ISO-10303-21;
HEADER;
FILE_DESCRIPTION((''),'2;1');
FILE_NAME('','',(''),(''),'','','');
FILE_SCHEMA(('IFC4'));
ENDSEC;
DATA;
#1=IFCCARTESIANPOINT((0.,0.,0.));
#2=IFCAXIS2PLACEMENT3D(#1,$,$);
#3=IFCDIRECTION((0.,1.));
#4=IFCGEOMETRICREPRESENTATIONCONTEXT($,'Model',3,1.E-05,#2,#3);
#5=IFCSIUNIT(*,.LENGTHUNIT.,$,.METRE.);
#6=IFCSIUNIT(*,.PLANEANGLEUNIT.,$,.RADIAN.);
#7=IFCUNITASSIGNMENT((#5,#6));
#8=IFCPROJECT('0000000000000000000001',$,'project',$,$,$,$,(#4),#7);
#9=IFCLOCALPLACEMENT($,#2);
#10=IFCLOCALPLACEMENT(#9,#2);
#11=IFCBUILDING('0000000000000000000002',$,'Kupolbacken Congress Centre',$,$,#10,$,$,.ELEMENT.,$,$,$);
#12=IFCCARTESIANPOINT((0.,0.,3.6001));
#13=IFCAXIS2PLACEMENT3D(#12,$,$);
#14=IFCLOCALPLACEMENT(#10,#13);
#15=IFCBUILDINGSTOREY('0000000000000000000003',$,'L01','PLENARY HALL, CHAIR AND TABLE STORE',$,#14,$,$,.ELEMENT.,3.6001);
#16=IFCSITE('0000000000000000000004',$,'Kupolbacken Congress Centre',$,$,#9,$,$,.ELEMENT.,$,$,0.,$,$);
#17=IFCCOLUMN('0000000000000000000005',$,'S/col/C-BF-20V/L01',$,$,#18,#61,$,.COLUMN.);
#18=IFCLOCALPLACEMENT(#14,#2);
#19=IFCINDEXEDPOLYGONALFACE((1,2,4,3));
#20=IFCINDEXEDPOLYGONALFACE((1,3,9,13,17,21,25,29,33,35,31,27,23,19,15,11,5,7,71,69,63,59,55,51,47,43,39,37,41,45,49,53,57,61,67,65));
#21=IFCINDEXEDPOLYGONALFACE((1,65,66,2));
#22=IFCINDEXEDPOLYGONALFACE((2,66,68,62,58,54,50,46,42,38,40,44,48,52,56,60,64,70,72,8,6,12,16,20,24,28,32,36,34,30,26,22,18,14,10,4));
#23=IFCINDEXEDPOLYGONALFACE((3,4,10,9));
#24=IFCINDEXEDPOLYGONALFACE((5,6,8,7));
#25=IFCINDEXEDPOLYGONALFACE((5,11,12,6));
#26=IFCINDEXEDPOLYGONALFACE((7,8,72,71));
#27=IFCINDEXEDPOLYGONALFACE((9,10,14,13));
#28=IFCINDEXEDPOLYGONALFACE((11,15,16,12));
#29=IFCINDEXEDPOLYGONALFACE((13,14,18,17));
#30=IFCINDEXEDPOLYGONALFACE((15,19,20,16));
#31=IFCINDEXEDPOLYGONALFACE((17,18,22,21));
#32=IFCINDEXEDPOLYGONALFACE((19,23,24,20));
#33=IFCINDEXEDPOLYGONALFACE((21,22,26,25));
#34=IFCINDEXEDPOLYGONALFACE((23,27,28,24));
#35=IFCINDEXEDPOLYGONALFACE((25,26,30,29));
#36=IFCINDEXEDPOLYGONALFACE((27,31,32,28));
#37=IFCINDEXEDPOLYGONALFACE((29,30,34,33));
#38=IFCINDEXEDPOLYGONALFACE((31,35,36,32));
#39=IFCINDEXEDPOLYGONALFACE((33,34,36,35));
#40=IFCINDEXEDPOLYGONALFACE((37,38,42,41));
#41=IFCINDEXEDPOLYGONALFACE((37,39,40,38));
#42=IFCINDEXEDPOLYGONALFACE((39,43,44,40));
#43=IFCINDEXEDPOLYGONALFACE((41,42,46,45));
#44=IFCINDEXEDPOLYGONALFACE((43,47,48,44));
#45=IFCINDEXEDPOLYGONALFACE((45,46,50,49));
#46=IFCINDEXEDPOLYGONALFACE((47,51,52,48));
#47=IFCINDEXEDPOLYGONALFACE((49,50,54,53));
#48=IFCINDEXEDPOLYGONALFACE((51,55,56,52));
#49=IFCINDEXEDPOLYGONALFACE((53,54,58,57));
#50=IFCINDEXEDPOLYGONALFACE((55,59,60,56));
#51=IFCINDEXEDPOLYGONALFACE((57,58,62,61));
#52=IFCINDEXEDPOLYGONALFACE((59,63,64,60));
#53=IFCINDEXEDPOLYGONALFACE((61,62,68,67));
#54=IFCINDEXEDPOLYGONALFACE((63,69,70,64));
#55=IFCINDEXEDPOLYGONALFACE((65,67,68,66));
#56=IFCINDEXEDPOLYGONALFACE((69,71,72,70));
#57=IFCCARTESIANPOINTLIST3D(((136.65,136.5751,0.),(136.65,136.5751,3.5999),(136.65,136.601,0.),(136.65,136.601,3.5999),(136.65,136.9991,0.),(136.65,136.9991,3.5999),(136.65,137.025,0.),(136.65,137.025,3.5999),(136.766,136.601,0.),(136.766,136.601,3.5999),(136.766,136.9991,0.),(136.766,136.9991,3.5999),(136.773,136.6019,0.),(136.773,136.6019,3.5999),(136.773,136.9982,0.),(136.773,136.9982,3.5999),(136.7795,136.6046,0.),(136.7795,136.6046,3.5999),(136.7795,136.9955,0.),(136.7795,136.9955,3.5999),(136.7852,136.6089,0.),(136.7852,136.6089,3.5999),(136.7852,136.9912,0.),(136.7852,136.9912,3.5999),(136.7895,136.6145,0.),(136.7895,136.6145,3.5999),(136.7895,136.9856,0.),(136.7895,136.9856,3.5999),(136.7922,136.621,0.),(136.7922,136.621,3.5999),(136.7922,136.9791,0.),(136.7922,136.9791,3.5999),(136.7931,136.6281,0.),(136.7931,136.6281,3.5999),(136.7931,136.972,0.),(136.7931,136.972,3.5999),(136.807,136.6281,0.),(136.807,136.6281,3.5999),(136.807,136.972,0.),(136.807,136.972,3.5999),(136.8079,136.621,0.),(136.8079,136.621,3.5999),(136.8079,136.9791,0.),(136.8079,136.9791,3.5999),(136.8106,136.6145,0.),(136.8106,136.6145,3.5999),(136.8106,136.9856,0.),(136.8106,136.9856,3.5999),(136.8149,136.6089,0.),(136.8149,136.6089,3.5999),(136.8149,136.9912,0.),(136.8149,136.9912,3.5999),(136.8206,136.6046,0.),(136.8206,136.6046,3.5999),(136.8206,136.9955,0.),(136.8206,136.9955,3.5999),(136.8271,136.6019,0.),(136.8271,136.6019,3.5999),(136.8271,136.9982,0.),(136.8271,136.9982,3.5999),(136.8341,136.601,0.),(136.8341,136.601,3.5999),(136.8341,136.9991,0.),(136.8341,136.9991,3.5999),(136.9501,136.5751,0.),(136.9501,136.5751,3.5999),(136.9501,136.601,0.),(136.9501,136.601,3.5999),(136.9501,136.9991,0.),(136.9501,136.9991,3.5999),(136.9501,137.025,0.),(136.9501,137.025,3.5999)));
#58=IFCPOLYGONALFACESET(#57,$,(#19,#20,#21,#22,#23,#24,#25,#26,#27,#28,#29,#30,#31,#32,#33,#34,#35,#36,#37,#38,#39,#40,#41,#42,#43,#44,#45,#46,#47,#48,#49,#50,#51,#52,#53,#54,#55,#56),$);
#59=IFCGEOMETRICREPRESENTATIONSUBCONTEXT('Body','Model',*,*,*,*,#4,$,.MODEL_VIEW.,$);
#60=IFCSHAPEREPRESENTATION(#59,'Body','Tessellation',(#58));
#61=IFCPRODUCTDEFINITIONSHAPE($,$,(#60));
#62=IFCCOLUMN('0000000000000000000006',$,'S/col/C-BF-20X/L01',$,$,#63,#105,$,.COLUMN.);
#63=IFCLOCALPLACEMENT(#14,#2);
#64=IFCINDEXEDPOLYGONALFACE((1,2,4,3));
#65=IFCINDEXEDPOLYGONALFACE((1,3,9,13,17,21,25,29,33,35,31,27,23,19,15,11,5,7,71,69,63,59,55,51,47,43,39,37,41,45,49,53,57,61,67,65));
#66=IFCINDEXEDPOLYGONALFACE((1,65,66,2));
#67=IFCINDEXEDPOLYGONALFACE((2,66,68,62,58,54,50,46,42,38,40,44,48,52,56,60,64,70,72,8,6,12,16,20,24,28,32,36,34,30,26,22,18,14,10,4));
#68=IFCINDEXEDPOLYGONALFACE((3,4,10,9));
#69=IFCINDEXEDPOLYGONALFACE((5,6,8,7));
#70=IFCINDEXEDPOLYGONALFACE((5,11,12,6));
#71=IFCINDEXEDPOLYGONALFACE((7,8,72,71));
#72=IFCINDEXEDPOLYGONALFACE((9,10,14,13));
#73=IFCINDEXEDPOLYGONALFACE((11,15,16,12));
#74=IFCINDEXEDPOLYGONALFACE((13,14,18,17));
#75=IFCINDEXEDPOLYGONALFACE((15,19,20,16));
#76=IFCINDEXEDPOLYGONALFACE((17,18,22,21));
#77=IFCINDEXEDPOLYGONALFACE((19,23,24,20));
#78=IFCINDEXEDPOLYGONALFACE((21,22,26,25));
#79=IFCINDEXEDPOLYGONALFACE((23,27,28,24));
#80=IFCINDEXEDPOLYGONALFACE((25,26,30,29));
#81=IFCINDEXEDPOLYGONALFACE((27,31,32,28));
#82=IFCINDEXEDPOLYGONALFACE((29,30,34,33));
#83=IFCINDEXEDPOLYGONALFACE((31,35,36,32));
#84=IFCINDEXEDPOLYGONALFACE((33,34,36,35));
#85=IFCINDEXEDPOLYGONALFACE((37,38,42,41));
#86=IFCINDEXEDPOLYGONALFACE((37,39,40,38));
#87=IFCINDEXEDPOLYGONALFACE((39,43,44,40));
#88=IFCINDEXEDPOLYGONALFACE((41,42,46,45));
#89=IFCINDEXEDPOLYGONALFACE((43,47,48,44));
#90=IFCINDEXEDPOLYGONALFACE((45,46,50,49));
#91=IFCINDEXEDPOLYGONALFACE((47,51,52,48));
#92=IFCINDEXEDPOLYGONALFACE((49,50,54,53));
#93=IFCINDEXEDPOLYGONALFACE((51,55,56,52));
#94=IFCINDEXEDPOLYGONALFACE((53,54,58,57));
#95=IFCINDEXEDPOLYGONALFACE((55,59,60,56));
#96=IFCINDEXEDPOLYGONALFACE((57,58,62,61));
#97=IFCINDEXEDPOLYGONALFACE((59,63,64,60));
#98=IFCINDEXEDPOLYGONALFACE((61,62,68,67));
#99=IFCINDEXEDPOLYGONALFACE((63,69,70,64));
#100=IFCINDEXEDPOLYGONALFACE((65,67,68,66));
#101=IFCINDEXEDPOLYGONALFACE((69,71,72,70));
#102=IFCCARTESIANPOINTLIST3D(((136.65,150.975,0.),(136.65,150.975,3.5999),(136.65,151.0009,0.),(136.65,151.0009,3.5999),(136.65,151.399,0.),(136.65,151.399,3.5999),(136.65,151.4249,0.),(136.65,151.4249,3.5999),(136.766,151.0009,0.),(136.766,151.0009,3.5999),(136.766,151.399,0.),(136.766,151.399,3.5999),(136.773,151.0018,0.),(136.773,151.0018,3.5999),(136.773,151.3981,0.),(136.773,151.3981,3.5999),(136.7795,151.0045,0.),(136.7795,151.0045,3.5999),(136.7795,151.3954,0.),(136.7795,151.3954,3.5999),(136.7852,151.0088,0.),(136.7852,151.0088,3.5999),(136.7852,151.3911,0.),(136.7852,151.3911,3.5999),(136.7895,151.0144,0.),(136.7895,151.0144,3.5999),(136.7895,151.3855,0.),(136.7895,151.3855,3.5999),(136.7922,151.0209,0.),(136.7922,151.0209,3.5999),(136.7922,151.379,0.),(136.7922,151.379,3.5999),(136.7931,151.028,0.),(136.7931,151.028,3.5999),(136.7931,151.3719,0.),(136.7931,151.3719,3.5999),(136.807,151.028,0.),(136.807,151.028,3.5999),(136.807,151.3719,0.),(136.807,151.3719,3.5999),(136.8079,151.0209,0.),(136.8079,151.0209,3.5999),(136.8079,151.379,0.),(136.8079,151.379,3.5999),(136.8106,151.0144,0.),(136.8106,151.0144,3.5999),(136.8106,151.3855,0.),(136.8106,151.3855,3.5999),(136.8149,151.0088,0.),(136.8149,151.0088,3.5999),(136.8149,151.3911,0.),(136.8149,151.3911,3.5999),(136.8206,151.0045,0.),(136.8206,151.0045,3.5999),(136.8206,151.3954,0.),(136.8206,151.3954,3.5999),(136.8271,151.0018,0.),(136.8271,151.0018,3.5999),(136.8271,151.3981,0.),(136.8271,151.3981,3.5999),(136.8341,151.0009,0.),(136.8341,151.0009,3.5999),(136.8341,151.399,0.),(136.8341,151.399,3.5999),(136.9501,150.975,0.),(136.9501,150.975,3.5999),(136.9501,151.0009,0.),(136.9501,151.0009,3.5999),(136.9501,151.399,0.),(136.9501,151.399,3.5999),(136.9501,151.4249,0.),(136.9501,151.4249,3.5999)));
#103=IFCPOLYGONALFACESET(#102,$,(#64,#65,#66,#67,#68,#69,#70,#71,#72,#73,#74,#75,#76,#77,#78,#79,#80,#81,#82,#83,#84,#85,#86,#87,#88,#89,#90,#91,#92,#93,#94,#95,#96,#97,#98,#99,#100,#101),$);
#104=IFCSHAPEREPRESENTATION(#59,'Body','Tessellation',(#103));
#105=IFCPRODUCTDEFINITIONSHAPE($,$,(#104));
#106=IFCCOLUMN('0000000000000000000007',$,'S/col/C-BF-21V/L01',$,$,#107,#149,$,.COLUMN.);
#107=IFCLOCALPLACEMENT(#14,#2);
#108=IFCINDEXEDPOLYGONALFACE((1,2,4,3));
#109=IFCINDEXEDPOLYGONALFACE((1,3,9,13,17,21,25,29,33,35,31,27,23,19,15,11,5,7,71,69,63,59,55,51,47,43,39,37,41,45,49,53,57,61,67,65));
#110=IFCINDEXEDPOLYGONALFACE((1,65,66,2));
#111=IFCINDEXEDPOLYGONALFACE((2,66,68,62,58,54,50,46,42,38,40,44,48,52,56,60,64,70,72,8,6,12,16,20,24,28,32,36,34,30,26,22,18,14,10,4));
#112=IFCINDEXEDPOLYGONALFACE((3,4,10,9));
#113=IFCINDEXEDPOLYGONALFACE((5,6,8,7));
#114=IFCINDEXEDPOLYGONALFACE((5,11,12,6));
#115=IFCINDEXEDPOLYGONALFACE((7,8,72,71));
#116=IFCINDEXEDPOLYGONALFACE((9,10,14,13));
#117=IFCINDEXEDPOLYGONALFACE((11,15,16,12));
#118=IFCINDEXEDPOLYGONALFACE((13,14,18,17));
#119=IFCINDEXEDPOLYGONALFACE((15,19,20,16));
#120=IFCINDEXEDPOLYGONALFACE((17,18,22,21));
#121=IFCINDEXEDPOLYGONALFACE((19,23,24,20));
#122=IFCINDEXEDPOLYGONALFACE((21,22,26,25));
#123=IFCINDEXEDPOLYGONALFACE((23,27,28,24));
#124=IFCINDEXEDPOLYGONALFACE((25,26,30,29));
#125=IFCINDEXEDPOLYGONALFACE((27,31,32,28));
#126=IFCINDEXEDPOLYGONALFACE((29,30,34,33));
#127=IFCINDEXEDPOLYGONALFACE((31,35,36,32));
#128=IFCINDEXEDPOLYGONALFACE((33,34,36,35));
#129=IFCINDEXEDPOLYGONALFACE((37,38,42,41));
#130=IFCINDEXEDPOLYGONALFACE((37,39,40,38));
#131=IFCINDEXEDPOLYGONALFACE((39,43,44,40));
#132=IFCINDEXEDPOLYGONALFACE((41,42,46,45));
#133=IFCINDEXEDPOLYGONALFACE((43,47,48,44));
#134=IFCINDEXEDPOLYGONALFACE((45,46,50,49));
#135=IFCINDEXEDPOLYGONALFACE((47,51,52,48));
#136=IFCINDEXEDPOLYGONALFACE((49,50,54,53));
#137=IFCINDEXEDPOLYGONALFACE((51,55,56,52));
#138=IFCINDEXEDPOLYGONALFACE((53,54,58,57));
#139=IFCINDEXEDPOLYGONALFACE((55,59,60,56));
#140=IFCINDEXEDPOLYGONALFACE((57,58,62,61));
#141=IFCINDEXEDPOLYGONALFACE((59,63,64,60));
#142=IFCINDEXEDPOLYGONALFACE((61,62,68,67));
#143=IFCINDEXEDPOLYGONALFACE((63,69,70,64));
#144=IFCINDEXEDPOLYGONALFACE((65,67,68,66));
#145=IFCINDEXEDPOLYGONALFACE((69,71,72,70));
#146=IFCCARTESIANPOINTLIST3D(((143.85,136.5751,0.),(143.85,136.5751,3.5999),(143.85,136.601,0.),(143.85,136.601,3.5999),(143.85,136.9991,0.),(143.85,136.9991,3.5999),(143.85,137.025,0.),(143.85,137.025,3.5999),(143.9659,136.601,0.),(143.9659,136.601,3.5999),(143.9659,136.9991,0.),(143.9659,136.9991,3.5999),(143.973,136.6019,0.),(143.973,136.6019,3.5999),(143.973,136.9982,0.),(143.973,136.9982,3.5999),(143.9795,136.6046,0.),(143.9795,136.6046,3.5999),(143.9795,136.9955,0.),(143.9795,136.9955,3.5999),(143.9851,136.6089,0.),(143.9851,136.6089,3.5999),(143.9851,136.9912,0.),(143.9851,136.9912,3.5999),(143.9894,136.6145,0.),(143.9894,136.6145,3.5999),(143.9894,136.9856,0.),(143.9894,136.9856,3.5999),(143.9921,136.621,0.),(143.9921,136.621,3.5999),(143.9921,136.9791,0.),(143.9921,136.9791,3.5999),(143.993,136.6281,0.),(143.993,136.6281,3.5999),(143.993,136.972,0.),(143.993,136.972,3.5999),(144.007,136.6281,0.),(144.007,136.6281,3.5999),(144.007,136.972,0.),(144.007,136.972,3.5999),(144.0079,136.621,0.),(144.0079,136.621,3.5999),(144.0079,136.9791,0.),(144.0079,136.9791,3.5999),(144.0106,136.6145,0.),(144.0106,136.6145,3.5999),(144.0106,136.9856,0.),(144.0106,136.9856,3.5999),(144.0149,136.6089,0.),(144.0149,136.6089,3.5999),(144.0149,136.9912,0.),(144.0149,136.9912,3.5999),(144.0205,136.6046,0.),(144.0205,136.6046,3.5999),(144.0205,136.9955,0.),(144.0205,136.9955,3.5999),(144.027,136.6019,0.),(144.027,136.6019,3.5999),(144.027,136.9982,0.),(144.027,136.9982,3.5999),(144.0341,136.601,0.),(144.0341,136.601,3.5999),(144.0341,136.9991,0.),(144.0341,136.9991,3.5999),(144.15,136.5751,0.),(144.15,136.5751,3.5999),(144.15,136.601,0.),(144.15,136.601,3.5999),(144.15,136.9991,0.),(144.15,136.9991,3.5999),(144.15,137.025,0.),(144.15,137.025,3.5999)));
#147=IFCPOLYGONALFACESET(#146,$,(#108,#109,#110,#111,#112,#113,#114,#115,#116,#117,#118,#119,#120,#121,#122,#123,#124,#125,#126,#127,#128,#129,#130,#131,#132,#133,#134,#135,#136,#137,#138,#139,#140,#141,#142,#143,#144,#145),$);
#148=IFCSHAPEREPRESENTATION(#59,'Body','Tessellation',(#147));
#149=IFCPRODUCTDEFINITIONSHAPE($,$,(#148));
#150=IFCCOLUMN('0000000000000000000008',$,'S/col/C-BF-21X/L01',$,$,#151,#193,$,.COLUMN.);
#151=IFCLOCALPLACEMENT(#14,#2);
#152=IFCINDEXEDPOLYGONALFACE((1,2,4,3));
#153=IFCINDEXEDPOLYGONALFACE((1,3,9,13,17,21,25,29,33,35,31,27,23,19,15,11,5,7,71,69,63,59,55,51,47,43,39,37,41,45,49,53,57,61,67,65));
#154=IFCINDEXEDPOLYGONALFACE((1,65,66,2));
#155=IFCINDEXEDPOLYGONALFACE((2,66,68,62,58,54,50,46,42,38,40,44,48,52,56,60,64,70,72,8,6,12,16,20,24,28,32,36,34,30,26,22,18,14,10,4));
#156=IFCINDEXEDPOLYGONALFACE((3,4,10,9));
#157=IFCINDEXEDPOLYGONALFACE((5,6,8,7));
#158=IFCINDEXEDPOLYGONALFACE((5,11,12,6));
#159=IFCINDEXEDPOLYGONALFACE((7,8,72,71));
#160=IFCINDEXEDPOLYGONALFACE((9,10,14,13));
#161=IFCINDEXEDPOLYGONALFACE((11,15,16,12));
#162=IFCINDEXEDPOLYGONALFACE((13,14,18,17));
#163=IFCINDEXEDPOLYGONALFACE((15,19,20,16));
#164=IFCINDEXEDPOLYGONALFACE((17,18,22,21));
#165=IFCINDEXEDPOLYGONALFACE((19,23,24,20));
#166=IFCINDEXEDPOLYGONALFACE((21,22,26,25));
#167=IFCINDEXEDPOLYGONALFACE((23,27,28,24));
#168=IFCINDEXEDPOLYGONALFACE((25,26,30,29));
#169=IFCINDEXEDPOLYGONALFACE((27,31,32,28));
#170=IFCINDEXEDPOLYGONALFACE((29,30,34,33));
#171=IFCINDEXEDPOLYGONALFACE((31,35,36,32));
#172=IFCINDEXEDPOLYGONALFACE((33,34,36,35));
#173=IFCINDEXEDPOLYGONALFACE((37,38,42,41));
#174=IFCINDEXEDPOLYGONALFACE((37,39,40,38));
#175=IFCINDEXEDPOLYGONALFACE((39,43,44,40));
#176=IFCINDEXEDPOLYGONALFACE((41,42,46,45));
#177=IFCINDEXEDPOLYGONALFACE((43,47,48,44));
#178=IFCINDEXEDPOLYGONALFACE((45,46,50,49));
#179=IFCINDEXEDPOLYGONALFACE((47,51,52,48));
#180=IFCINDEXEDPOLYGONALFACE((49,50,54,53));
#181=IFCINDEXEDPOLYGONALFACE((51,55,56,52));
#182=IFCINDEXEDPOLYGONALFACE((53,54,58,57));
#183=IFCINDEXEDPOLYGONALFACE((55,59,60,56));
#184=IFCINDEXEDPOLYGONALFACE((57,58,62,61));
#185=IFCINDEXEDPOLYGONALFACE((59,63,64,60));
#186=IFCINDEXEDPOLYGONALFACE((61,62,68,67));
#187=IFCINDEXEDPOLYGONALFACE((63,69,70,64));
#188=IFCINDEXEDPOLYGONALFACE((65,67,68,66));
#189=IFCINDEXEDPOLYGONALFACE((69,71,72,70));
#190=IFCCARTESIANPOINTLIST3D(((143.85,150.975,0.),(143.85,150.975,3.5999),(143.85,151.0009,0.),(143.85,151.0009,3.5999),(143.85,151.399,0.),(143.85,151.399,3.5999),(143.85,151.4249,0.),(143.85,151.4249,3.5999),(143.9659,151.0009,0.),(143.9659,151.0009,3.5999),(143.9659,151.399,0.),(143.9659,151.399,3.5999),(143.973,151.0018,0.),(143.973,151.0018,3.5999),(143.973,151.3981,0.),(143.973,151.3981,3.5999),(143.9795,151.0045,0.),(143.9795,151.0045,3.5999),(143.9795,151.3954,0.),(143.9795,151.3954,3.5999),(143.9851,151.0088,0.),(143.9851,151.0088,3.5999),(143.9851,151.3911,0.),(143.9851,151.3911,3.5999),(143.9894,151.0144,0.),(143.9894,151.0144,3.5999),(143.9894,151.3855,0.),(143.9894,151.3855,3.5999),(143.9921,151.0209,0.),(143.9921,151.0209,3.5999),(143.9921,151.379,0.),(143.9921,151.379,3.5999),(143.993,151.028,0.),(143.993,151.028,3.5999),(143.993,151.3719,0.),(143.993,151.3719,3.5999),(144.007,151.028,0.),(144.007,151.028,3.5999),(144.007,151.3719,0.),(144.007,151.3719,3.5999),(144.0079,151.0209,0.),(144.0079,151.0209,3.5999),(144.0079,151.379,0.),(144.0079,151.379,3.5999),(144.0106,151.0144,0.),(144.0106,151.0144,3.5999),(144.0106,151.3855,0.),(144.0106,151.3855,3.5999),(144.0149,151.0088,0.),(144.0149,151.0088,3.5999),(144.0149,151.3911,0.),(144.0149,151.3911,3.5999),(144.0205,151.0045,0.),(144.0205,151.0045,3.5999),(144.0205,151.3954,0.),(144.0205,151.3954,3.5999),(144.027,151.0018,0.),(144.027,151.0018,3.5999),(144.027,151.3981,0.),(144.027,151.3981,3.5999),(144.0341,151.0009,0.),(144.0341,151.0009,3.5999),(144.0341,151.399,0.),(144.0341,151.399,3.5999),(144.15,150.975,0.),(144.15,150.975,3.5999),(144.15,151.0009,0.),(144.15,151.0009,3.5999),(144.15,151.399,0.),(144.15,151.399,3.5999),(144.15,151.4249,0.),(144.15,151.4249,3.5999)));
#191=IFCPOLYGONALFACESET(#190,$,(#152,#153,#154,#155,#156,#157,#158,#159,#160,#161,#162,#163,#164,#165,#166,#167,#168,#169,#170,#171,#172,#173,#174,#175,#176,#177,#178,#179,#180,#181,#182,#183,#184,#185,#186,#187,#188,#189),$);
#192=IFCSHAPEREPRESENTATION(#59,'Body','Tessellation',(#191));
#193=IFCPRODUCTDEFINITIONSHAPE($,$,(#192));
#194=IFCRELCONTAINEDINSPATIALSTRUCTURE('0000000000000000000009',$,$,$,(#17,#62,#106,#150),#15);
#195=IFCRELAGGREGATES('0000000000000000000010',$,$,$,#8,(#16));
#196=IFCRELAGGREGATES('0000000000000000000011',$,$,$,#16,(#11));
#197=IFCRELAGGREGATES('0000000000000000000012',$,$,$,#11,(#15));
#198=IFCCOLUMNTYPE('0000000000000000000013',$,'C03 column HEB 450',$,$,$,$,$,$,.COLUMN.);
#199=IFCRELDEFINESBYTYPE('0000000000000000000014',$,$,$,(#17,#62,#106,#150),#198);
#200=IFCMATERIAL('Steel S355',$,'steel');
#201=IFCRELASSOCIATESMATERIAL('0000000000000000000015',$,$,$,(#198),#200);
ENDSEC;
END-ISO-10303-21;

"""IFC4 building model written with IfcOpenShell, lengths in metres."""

from ifc_helpers import new_model, si_unit, direction, frame, origin, origin_2d, place, context, subcontext, project, spatial, i_section, extrude, material, material_profile, profile_set, type_object, element, save


model = new_model("IFC4")

# Units and contexts
model_context = context("Model", 3, precision=1e-05, world=origin(), true_north=direction((0.0, 1.0)))
body_context = subcontext(model_context, "Body", "Model", "MODEL_VIEW")
ifc_project = project(units=[si_unit("LENGTHUNIT", "METRE"), si_unit("PLANEANGLEUNIT", "RADIAN")], contexts=[model_context])

# Site, building, storey
site_placement = place(None, origin())
site = spatial("IfcSite", under=ifc_project, at=site_placement, Name="Kupolbacken Congress Centre", CompositionType="ELEMENT", RefElevation=0.0)
building_placement = place(site_placement, origin())
building = spatial("IfcBuilding", under=site, at=building_placement, Name="Kupolbacken Congress Centre", CompositionType="ELEMENT")
storey_placement = place(building_placement, frame((0.0, 0.0, 3.6001)))
storey = spatial("IfcBuildingStorey", under=building, at=storey_placement, Name="L01", Description="PLENARY HALL, CHAIR AND TABLE STORE", CompositionType="ELEMENT", Elevation=3.6001)

# Columns
ifc_material_1 = material(Name="Steel S355", Category="steel")
ifc_material_profile_1 = material_profile(ifc_material_1, i_section(OverallWidth=0.3, OverallDepth=0.45, WebThickness=0.0139, FlangeThickness=0.0259, FilletRadius=0.0271, at=origin_2d()), Name="HEB 450")
ifc_profile_set_1 = profile_set([ifc_material_profile_1], Name="Steel S355")
column_type_1 = type_object("IfcColumnType", Name="C03 column HEB 450", PredefinedType="COLUMN", material=ifc_profile_set_1)
for number, where, z_axis, x_axis, name in (
    (1, (136.8, 136.8, 0.0), (0.0, 0.0, 1.0), (1.0, 0.0, 0.0), "S/col/C-BF-20V/L01"),
    (2, (136.8, 151.2, 0.0), (0.0, 0.0, 1.0), (1.0, 0.0, 0.0), "S/col/C-BF-20X/L01"),
    (3, (144.0, 136.8, 0.0), (0.0, 0.0, 1.0), (1.0, 0.0, 0.0), "S/col/C-BF-21V/L01"),
    (4, (144.0, 151.2, 0.0), (0.0, 0.0, 1.0), (1.0, 0.0, 0.0), "S/col/C-BF-21X/L01"),
):
    element("IfcColumn", number, at=place(storey_placement, frame(where, z_axis=z_axis, x_axis=x_axis)), inside=storey, type_object=column_type_1, Name=name, PredefinedType="COLUMN", context=body_context, shape_type="SweptSolid", body=[
        extrude(i_section(OverallWidth=0.3, OverallDepth=0.45, WebThickness=0.0139, FlangeThickness=0.0259, FilletRadius=0.0271, at=origin_2d()), origin(), (0.0, 0.0, 1.0), 3.5999),
    ])

save(model, "model.ifc")
